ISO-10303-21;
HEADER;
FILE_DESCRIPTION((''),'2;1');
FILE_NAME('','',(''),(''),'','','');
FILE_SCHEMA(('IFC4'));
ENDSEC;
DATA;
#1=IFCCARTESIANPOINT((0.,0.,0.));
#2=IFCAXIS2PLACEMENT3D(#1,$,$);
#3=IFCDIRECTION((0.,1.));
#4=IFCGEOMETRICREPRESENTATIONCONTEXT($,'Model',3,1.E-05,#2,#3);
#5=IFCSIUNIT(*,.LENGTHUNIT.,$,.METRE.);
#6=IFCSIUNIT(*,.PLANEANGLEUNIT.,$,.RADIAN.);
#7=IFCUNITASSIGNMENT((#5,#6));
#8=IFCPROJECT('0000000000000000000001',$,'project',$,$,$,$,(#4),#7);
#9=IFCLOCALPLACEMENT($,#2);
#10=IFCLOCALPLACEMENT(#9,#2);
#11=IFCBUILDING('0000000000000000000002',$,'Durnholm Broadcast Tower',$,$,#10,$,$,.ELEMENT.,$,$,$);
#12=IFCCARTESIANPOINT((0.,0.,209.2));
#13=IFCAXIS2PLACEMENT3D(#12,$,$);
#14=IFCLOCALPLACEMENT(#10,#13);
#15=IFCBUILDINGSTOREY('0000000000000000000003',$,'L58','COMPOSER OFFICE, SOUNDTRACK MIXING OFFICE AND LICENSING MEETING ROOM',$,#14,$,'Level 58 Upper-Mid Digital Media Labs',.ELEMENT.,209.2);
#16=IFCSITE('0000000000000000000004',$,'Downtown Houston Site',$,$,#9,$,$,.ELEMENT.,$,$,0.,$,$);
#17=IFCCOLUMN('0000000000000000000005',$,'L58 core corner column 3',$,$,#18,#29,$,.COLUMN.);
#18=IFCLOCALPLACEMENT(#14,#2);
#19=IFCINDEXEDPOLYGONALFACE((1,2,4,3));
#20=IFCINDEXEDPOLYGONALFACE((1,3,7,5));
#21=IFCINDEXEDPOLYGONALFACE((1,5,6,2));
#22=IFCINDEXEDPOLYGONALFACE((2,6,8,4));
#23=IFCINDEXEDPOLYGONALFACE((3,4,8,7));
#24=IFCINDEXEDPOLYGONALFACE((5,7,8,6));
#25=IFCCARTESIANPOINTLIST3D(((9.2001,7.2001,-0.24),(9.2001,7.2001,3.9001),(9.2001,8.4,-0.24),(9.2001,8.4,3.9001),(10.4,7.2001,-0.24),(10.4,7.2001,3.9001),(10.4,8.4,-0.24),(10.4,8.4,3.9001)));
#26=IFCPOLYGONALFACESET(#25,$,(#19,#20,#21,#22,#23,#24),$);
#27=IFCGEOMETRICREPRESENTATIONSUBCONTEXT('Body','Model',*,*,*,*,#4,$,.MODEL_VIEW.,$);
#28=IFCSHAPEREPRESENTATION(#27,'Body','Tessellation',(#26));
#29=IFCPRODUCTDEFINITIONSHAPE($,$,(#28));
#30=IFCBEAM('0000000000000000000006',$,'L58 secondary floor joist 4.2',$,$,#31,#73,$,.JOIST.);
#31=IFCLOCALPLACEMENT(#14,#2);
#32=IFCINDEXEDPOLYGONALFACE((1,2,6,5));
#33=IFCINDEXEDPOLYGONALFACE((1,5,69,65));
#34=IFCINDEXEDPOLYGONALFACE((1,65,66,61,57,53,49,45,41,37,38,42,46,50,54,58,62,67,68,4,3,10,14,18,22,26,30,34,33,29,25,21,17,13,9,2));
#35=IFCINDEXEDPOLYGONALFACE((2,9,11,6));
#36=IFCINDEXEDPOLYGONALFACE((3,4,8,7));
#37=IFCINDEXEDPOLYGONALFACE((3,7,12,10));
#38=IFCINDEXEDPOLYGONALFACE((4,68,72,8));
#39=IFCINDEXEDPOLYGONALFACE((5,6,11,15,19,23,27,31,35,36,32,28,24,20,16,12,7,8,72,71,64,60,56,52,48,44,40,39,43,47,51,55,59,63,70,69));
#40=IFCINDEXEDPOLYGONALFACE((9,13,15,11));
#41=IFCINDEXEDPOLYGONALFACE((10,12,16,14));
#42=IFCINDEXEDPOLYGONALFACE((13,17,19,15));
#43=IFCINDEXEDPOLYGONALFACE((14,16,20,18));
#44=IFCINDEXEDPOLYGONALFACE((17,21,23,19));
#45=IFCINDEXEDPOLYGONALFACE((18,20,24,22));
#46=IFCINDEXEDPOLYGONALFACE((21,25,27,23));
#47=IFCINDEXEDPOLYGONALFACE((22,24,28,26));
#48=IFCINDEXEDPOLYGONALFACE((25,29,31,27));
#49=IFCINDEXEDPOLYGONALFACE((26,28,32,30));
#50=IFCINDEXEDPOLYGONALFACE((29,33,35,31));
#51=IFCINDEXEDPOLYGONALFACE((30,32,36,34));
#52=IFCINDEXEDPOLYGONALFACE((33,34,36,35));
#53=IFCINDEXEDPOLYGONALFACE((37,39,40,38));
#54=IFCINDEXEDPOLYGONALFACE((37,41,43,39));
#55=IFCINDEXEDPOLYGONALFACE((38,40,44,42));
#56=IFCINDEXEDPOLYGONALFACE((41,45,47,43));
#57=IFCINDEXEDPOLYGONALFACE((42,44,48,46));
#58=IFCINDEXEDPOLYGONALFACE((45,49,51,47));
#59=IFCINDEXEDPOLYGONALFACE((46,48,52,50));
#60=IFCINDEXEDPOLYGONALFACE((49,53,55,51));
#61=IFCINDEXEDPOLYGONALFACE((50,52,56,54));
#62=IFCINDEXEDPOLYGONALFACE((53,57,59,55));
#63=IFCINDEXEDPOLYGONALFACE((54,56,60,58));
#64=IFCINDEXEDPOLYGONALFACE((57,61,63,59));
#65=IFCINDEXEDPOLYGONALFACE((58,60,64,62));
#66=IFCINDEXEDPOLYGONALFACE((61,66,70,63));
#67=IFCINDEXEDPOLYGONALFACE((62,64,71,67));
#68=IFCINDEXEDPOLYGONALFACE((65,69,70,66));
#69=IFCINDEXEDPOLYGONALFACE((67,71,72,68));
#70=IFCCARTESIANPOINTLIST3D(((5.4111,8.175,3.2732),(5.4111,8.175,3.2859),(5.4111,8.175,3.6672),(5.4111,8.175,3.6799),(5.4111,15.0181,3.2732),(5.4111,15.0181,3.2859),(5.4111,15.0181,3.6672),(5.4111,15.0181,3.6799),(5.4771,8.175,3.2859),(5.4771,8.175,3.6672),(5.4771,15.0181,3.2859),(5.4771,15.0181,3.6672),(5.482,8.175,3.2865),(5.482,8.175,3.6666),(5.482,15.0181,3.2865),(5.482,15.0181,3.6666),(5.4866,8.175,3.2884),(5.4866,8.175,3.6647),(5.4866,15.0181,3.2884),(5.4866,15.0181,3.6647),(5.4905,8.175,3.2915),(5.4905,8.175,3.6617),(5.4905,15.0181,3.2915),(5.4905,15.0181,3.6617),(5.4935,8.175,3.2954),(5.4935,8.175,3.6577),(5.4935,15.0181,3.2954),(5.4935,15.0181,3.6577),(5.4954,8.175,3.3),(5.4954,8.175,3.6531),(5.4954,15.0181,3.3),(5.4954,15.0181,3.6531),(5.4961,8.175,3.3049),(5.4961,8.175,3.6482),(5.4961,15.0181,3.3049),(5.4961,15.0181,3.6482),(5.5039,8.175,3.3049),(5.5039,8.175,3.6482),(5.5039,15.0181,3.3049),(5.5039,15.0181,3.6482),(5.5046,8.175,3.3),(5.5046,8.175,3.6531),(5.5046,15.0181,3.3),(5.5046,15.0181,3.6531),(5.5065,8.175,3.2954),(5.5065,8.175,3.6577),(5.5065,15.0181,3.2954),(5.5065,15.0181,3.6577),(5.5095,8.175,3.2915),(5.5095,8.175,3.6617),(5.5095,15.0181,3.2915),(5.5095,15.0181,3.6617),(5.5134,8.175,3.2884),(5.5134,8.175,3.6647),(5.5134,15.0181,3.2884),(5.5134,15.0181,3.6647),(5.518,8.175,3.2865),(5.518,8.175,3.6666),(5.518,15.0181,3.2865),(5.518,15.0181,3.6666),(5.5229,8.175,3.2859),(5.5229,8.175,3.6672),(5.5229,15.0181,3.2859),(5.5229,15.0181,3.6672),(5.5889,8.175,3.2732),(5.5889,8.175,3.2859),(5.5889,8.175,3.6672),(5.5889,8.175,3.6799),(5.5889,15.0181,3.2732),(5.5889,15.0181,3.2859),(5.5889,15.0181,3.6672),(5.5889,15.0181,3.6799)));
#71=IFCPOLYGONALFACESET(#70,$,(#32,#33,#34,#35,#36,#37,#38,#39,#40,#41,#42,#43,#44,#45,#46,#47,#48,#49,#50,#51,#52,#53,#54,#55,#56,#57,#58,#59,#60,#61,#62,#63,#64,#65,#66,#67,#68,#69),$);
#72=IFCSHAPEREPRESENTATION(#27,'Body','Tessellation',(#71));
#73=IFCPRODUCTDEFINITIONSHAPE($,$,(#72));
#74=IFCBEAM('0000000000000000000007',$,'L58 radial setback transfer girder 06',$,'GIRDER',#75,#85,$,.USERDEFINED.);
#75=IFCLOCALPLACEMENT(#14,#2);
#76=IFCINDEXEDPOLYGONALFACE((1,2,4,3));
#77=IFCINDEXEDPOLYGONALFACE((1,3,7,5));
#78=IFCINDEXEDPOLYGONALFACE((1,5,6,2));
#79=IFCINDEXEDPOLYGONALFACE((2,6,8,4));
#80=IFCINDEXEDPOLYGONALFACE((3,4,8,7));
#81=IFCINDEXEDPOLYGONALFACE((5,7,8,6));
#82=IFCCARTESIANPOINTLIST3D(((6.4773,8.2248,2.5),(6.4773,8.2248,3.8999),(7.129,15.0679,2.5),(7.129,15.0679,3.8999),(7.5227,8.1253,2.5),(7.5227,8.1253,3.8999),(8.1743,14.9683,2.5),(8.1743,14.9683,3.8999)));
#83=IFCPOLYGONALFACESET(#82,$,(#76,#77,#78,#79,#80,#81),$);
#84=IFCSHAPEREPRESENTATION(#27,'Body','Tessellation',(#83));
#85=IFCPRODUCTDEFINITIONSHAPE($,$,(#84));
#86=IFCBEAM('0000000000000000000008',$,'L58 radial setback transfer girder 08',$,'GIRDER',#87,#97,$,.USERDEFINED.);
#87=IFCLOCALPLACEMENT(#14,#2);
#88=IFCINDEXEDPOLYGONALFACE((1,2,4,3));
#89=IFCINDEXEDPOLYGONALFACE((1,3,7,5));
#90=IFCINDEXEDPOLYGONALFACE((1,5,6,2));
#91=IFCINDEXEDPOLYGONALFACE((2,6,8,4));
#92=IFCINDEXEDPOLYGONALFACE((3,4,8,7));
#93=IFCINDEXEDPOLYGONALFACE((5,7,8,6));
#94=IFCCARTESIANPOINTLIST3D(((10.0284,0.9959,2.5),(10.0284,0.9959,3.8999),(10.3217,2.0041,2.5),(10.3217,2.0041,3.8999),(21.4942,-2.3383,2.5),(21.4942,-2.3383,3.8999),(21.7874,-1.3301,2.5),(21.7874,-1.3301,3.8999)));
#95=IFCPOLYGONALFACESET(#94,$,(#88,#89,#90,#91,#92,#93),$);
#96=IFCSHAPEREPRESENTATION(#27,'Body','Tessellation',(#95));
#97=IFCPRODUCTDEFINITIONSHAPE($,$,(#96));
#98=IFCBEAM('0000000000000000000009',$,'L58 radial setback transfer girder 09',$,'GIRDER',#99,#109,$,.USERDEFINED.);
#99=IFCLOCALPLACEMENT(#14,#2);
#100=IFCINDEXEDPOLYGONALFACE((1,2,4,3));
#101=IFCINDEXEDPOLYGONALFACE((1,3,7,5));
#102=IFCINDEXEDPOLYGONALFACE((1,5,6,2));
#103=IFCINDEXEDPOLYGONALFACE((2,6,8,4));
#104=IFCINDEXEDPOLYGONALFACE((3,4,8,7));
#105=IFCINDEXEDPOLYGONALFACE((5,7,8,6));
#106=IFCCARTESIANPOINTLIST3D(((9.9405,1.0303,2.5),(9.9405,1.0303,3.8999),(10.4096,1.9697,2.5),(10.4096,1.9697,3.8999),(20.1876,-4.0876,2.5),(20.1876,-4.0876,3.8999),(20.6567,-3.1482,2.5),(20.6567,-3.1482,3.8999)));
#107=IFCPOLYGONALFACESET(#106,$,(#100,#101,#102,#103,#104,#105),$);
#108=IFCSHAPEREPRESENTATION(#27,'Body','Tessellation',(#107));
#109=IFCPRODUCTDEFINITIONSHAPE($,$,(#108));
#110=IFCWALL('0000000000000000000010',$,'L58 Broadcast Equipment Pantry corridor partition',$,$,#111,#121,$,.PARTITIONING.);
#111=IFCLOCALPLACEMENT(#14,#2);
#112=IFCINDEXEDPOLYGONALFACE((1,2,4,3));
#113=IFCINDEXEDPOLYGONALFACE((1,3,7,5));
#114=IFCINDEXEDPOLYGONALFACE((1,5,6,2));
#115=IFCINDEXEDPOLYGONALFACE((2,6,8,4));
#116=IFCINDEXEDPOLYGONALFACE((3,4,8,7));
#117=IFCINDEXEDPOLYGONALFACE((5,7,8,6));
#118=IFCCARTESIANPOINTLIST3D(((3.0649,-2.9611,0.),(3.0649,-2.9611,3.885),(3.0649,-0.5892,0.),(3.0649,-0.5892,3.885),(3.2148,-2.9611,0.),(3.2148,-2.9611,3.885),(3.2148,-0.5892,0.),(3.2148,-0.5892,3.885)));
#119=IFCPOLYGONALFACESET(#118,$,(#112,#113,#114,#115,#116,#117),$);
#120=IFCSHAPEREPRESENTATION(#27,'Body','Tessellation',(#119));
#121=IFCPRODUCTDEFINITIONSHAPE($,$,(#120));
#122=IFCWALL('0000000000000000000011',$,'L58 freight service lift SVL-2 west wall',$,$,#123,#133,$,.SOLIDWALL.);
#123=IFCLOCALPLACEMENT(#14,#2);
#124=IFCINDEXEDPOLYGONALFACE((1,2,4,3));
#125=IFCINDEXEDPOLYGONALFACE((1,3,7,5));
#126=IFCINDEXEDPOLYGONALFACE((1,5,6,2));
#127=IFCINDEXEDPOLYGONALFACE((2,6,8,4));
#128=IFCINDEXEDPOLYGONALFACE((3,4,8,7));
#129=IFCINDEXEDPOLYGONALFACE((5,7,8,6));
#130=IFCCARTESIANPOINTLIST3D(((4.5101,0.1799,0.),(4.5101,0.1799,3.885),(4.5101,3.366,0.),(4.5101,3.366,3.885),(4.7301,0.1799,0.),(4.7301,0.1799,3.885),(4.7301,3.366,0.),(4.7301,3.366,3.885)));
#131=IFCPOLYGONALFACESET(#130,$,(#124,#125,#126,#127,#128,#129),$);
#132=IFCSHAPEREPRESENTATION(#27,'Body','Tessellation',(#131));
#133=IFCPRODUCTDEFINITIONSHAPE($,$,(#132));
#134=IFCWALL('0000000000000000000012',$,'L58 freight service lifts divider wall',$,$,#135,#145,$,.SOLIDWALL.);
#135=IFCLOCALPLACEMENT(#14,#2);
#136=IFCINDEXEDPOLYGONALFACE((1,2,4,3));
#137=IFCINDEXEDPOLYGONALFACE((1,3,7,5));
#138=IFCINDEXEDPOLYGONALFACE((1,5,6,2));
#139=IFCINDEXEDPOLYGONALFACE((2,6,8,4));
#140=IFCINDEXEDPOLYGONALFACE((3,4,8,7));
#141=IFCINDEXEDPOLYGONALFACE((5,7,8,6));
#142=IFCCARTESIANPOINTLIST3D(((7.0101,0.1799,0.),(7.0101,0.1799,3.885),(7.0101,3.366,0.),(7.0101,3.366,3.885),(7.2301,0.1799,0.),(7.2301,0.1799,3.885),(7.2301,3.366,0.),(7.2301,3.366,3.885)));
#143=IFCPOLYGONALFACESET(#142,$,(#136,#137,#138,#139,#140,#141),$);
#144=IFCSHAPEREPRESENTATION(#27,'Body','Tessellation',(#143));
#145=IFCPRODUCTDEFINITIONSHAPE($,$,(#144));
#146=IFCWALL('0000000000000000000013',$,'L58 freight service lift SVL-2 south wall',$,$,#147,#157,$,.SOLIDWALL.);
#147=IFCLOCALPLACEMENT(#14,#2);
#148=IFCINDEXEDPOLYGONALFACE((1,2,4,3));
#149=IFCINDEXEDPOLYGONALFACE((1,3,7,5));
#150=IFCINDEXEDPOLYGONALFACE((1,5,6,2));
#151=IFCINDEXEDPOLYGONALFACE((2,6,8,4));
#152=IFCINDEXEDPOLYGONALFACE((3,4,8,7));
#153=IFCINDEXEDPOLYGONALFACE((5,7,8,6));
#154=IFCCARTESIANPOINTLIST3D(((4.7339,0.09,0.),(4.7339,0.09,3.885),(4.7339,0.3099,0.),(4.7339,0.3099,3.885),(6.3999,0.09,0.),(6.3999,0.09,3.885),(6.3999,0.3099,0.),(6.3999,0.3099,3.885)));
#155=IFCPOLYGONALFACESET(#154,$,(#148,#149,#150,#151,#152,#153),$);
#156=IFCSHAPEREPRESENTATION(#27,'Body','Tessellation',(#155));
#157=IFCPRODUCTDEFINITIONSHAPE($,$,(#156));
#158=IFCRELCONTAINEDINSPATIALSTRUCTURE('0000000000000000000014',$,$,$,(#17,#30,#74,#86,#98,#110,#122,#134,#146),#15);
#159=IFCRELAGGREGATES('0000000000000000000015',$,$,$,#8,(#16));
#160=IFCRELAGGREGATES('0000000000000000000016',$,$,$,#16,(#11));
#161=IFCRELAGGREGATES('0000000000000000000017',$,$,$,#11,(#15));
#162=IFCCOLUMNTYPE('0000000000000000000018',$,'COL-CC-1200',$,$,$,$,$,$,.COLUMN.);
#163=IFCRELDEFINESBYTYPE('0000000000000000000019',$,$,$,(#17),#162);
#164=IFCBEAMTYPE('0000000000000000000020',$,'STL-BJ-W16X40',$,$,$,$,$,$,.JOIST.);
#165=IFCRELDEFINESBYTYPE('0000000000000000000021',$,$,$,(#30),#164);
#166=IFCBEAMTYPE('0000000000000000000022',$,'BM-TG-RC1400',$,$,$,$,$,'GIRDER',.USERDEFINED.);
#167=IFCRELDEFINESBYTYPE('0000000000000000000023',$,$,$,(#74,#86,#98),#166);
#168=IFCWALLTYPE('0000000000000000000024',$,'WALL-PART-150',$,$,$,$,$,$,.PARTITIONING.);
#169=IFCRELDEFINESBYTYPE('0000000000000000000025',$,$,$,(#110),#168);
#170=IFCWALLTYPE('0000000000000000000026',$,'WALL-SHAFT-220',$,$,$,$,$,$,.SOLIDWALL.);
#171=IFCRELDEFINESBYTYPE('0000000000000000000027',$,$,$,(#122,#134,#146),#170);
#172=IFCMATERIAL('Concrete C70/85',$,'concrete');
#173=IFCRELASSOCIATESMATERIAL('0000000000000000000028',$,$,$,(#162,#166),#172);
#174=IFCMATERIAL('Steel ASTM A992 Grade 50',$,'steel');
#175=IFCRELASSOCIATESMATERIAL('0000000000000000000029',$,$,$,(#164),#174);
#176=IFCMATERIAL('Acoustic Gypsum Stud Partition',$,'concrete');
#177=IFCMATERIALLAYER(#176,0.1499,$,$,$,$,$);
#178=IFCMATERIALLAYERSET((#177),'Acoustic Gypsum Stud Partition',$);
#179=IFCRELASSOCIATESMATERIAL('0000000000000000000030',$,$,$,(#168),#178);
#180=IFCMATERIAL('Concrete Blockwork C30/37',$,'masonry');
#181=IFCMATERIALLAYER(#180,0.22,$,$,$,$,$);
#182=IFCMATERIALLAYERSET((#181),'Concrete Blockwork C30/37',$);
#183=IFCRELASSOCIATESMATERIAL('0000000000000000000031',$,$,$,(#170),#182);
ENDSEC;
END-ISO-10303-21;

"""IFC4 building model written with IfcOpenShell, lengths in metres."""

from ifc_helpers import new_model, si_unit, direction, frame, frame_2d, origin, origin_2d, place, context, subcontext, project, spatial, rectangle, i_section, extrude, source, transform, mapped, material, layer, layer_set, material_profile, profile_set, type_object, type_shapes, element, save


model = new_model("IFC4")

# Units and contexts
model_context = context("Model", 3, precision=1e-05, world=origin(), true_north=direction((0.0, 1.0)))
body_context = subcontext(model_context, "Body", "Model", "MODEL_VIEW")
ifc_project = project(units=[si_unit("LENGTHUNIT", "METRE"), si_unit("PLANEANGLEUNIT", "RADIAN")], contexts=[model_context])

# Site, building, storey
site_placement = place(None, origin())
site = spatial("IfcSite", under=ifc_project, at=site_placement, Name="Downtown Houston Site", CompositionType="ELEMENT", RefElevation=0.0)
building_placement = place(site_placement, origin())
building = spatial("IfcBuilding", under=site, at=building_placement, Name="Durnholm Broadcast Tower", CompositionType="ELEMENT")
storey_placement = place(building_placement, frame((0.0, 0.0, 209.2)))
storey = spatial("IfcBuildingStorey", under=building, at=storey_placement, Name="L58", Description="COMPOSER OFFICE, SOUNDTRACK MIXING OFFICE AND LICENSING MEETING ROOM", LongName="Level 58 Upper-Mid Digital Media Labs", CompositionType="ELEMENT", Elevation=209.2)

# Column
ifc_material_1 = material(Name="Concrete C70/85", Category="concrete")
ifc_material_profile_1 = material_profile(ifc_material_1, rectangle(XDim=1.2, YDim=1.2, at=origin_2d()), Name="RC1200X1200")
ifc_profile_set_1 = profile_set([ifc_material_profile_1], Name="Concrete C70/85")
column_type = type_object("IfcColumnType", Name="COL-CC-1200", PredefinedType="COLUMN", material=ifc_profile_set_1)
shared_shape_1 = source(origin(), body_context, "Body", "SweptSolid", [
    extrude(rectangle(XDim=1.2, YDim=1.2, at=origin_2d()), origin(), (0.0, 0.0, 1.0), 4.1401),
])
type_shapes(column_type, [shared_shape_1])
column_placement = place(storey_placement, frame((9.8, 7.8, -0.24), z_axis=(0.0, 0.0, 1.0), x_axis=(1.0, 0.0, 0.0)))
element("IfcColumn", 1, at=column_placement, inside=storey, type_object=column_type, Name="L58 core corner column 3", PredefinedType="COLUMN", context=body_context, shape_type="MappedRepresentation", body=[
    mapped(shared_shape_1, transform((0.0, 0.0, 0.0), x_axis=(1.0, 0.0, 0.0), y_axis=(0.0, 1.0, 0.0), z_axis=(0.0, 0.0, 1.0), scale=1.0)),
])

# Beams
ifc_material_2 = material(Name="Steel ASTM A992 Grade 50", Category="steel")
ifc_material_profile_2 = material_profile(ifc_material_2, i_section(OverallWidth=0.1777, OverallDepth=0.4067, WebThickness=0.0078, FlangeThickness=0.0127, FilletRadius=0.019, at=origin_2d()), Name="W16X40")
ifc_profile_set_2 = profile_set([ifc_material_profile_2], Name="Steel ASTM A992 Grade 50")
beam_type_1 = type_object("IfcBeamType", Name="STL-BJ-W16X40", PredefinedType="JOIST", material=ifc_profile_set_2)
shared_shape_2 = source(origin(), body_context, "Body", "SweptSolid", [
    extrude(i_section(OverallWidth=0.1777, OverallDepth=0.4067, WebThickness=0.0078, FlangeThickness=0.0127, FilletRadius=0.019, at=origin_2d()), origin(), (0.0, 0.0, 1.0), 6.843),
])
type_shapes(beam_type_1, [shared_shape_2])
beam_1_placement = place(storey_placement, frame((5.5, 8.175, 3.4766), z_axis=(0.0, 1.0, 0.0), x_axis=(-1.0, 0.0, 0.0)))
element("IfcBeam", 2, at=beam_1_placement, inside=storey, type_object=beam_type_1, Name="L58 secondary floor joist 4.2", PredefinedType="JOIST", context=body_context, shape_type="MappedRepresentation", body=[
    mapped(shared_shape_2, transform((0.0, 0.0, 0.0), x_axis=(1.0, 0.0, 0.0), y_axis=(0.0, 1.0, 0.0), z_axis=(0.0, 0.0, 1.0), scale=1.0)),
])
ifc_material_profile_3 = material_profile(ifc_material_1, rectangle(XDim=1.05, YDim=1.3999, at=origin_2d()), Name="RC1050X1400")
ifc_profile_set_3 = profile_set([ifc_material_profile_3], Name="Concrete C70/85")
beam_type_2 = type_object("IfcBeamType", Name="BM-TG-RC1400", ElementType="GIRDER", PredefinedType="USERDEFINED", material=ifc_profile_set_3)
shared_shape_3 = source(origin(), body_context, "Body", "SweptSolid", [
    extrude(rectangle(XDim=1.05, YDim=1.3999, at=origin_2d()), origin(), (0.0, 0.0, 1.0), 6.874),
])
beam_2_placement = place(storey_placement, frame((7.0, 8.175, 3.2), z_axis=(0.094794, 0.995497, 0.0), x_axis=(-0.995497, 0.094794, 0.0)))
element("IfcBeam", 3, at=beam_2_placement, inside=storey, type_object=beam_type_2, Name="L58 radial setback transfer girder 06", ObjectType="GIRDER", PredefinedType="USERDEFINED", context=body_context, shape_type="MappedRepresentation", body=[
    mapped(shared_shape_3, transform((0.0, 0.0, 0.0), x_axis=(1.0, 0.0, 0.0), y_axis=(0.0, 1.0, 0.0), z_axis=(0.0, 0.0, 1.0), scale=1.0)),
])
shared_shape_4 = source(origin(), body_context, "Body", "SweptSolid", [
    extrude(rectangle(XDim=1.05, YDim=1.3999, at=origin_2d()), origin(), (0.0, 0.0, 1.0), 11.9407),
])
beam_3_placement = place(storey_placement, frame((10.175, 1.5, 3.2), z_axis=(0.960224, -0.27923, 0.0), x_axis=(0.27923, 0.960224, 0.0)))
element("IfcBeam", 4, at=beam_3_placement, inside=storey, type_object=beam_type_2, Name="L58 radial setback transfer girder 08", ObjectType="GIRDER", PredefinedType="USERDEFINED", context=body_context, shape_type="MappedRepresentation", body=[
    mapped(shared_shape_4, transform((0.0, 0.0, 0.0), x_axis=(1.0, 0.0, 0.0), y_axis=(0.0, 1.0, 0.0), z_axis=(0.0, 0.0, 1.0), scale=1.0)),
])
shared_shape_5 = source(origin(), body_context, "Body", "SweptSolid", [
    extrude(rectangle(XDim=1.05, YDim=1.3999, at=origin_2d()), origin(), (0.0, 0.0, 1.0), 11.4541),
])
type_shapes(beam_type_2, [shared_shape_3, shared_shape_4, shared_shape_5])
beam_4_placement = place(storey_placement, frame((10.175, 1.5, 3.2), z_axis=(0.894623, -0.446821, 0.0), x_axis=(0.446821, 0.894623, 0.0)))
element("IfcBeam", 5, at=beam_4_placement, inside=storey, type_object=beam_type_2, Name="L58 radial setback transfer girder 09", ObjectType="GIRDER", PredefinedType="USERDEFINED", context=body_context, shape_type="MappedRepresentation", body=[
    mapped(shared_shape_5, transform((0.0, 0.0, 0.0), x_axis=(1.0, 0.0, 0.0), y_axis=(0.0, 1.0, 0.0), z_axis=(0.0, 0.0, 1.0), scale=1.0)),
])

# Wall
ifc_material_3 = material(Name="Acoustic Gypsum Stud Partition", Category="concrete")
ifc_layer_1 = layer(ifc_material_3, 0.1499)
ifc_layer_set_1 = layer_set([ifc_layer_1], Name="Acoustic Gypsum Stud Partition")
wall_type_1 = type_object("IfcWallType", Name="WALL-PART-150", PredefinedType="PARTITIONING", material=ifc_layer_set_1)
wall_1_placement = place(storey_placement, frame((3.1399, -0.5891, 0.0), z_axis=(0.0, 0.0, 1.0), x_axis=(0.0, -1.0, 0.0)))
element("IfcWall", 6, at=wall_1_placement, inside=storey, type_object=wall_type_1, Name="L58 Broadcast Equipment Pantry corridor partition", PredefinedType="PARTITIONING", context=body_context, shape_type="SweptSolid", body=[
    extrude(rectangle(XDim=2.3718, YDim=0.1499, at=frame_2d((1.186, 0.0))), origin(), (0.0, 0.0, 1.0), 3.885),
])

# Shared definitions
ifc_material_4 = material(Name="Concrete Blockwork C30/37", Category="masonry")
ifc_layer_2 = layer(ifc_material_4, 0.22)
ifc_layer_set_2 = layer_set([ifc_layer_2], Name="Concrete Blockwork C30/37")
wall_type_2 = type_object("IfcWallType", Name="WALL-SHAFT-220", PredefinedType="SOLIDWALL", material=ifc_layer_set_2)

# Walls
for number, where, z_axis, x_axis, name in (
    (7, (4.6201, 0.1799, 0.0), (0.0, 0.0, 1.0), (0.0, 1.0, 0.0), "L58 freight service lift SVL-2 west wall"),
    (8, (7.1201, 0.1799, 0.0), (0.0, 0.0, 1.0), (0.0, 1.0, 0.0), "L58 freight service lifts divider wall"),
):
    element("IfcWall", number, at=place(storey_placement, frame(where, z_axis=z_axis, x_axis=x_axis)), inside=storey, type_object=wall_type_2, Name=name, PredefinedType="SOLIDWALL", context=body_context, shape_type="SweptSolid", body=[
        extrude(rectangle(XDim=3.186, YDim=0.22, at=frame_2d((1.593, 0.0))), origin(), (0.0, 0.0, 1.0), 3.885),
    ])
wall_2_placement = place(storey_placement, frame((4.7339, 0.2, 0.0), z_axis=(0.0, 0.0, 1.0), x_axis=(1.0, 0.0, 0.0)))
element("IfcWall", 9, at=wall_2_placement, inside=storey, type_object=wall_type_2, Name="L58 freight service lift SVL-2 south wall", PredefinedType="SOLIDWALL", context=body_context, shape_type="SweptSolid", body=[
    extrude(rectangle(XDim=1.666, YDim=0.22, at=frame_2d((0.833, 0.0))), origin(), (0.0, 0.0, 1.0), 3.885),
])

save(model, "model.ifc")
